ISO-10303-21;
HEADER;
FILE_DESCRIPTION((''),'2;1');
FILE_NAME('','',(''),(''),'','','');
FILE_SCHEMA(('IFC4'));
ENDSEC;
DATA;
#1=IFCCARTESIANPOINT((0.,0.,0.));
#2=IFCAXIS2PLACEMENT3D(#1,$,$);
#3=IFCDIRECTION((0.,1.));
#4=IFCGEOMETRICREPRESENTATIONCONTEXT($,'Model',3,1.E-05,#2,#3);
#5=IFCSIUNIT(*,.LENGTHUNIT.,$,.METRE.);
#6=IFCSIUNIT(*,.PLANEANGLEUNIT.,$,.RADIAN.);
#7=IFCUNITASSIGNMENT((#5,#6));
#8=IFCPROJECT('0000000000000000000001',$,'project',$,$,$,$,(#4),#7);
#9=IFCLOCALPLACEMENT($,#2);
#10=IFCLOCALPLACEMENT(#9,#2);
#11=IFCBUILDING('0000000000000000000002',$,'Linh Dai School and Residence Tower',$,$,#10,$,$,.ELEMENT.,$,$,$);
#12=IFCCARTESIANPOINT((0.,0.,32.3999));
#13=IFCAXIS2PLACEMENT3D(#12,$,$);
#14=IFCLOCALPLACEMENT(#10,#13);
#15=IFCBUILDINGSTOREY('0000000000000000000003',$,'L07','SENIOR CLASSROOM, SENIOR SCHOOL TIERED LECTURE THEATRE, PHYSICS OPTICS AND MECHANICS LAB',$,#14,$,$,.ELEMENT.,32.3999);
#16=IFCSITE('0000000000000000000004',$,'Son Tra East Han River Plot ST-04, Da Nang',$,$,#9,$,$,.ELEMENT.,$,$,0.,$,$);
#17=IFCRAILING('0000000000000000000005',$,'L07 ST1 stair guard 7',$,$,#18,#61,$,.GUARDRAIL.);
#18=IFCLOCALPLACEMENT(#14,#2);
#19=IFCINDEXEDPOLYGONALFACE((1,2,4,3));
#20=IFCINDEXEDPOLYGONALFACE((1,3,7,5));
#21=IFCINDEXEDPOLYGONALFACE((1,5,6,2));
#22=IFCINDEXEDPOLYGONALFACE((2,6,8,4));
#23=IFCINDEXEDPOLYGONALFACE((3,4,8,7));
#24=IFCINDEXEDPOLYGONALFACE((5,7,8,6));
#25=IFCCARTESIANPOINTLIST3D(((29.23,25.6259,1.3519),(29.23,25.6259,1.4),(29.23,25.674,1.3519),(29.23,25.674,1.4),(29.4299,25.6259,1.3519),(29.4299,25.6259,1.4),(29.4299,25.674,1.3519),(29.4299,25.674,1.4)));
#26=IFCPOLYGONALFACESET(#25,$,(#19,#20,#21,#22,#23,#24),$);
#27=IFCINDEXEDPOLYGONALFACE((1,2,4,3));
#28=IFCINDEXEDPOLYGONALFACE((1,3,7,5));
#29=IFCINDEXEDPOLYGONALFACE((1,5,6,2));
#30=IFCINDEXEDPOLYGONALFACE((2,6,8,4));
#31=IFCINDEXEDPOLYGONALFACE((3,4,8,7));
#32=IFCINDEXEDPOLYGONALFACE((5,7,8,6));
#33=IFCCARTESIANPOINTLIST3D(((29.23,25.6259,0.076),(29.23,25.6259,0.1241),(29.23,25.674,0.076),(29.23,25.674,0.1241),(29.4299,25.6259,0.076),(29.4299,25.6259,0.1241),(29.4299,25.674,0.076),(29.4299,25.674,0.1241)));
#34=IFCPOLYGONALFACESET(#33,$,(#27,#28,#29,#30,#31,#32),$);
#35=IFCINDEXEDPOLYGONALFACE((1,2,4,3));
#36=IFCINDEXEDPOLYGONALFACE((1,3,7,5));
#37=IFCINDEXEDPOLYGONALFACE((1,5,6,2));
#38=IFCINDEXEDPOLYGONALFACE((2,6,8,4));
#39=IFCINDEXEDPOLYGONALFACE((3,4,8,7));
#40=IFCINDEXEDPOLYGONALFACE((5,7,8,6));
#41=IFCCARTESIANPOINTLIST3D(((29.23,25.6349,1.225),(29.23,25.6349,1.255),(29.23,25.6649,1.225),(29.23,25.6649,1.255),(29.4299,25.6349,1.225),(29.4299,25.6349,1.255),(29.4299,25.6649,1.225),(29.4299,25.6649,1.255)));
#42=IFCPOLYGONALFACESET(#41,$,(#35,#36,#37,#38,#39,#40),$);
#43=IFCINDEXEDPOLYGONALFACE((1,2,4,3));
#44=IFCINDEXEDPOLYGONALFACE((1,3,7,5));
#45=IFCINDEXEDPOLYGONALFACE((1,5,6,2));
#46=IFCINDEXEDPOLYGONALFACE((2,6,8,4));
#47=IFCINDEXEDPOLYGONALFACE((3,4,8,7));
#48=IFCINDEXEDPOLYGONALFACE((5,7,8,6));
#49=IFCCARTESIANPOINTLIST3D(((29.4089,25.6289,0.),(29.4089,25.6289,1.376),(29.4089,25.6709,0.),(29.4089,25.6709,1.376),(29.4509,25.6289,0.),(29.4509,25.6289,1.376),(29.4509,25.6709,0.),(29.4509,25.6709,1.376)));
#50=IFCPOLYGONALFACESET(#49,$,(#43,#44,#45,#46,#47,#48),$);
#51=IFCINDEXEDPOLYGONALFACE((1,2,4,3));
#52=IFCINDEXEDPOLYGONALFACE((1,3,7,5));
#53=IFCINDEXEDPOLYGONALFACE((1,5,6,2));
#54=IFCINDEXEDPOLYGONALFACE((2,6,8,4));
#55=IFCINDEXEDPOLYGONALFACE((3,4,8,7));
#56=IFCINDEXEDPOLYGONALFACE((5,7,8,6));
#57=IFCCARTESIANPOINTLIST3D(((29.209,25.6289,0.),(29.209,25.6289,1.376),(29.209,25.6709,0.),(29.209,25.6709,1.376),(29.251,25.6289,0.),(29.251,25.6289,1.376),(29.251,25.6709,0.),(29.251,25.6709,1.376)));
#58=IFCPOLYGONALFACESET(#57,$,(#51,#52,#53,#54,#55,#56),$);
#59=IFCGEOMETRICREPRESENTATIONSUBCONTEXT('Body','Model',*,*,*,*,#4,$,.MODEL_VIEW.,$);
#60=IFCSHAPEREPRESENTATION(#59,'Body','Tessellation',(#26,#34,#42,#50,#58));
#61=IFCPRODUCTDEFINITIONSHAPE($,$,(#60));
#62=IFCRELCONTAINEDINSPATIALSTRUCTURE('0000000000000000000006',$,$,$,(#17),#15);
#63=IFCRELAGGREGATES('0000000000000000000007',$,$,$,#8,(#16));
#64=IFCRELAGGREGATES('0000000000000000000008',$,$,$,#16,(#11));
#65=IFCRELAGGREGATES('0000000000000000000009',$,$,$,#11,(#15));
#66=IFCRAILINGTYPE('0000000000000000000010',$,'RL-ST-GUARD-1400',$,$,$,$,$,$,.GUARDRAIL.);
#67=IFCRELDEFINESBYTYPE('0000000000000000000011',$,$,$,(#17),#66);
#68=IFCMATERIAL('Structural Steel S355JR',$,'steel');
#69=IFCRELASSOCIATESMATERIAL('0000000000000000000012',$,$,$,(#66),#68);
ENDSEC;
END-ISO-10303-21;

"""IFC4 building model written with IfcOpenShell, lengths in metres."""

from ifc_helpers import new_model, si_unit, direction, frame, origin, origin_2d, place, context, subcontext, project, spatial, rectangle, extrude, source, transform, mapped, material, type_object, element, save


model = new_model("IFC4")

# Units and contexts
model_context = context("Model", 3, precision=1e-05, world=origin(), true_north=direction((0.0, 1.0)))
body_context = subcontext(model_context, "Body", "Model", "MODEL_VIEW")
ifc_project = project(units=[si_unit("LENGTHUNIT", "METRE"), si_unit("PLANEANGLEUNIT", "RADIAN")], contexts=[model_context])

# Site, building, storey
site_placement = place(None, origin())
site = spatial("IfcSite", under=ifc_project, at=site_placement, Name="Son Tra East Han River Plot ST-04, Da Nang", CompositionType="ELEMENT", RefElevation=0.0)
building_placement = place(site_placement, origin())
building = spatial("IfcBuilding", under=site, at=building_placement, Name="Linh Dai School and Residence Tower", CompositionType="ELEMENT")
storey_placement = place(building_placement, frame((0.0, 0.0, 32.3999)))
storey = spatial("IfcBuildingStorey", under=building, at=storey_placement, Name="L07", Description="SENIOR CLASSROOM, SENIOR SCHOOL TIERED LECTURE THEATRE, PHYSICS OPTICS AND MECHANICS LAB", CompositionType="ELEMENT", Elevation=32.3999)

# Shared definitions
ifc_material_1 = material(Name="Structural Steel S355JR", Category="steel")

# Railing
railing_type_1 = type_object("IfcRailingType", Name="RL-ST-GUARD-1400", PredefinedType="GUARDRAIL", material=ifc_material_1)
shared_shape_1 = source(origin(), body_context, "Body", "SweptSolid", [
    extrude(rectangle(XDim=0.0481, YDim=0.0481, at=origin_2d()), frame((0.0, 0.0, 1.376), z_axis=(-1.0, 0.0, 0.0), x_axis=(0.0, -1.0, 0.0)), (0.0, 0.0, 1.0), 0.2),
    extrude(rectangle(XDim=0.0481, YDim=0.0481, at=origin_2d()), frame((0.0, 0.0, 0.1001), z_axis=(-1.0, 0.0, 0.0), x_axis=(0.0, -1.0, 0.0)), (0.0, 0.0, 1.0), 0.2),
    extrude(rectangle(XDim=0.03, YDim=0.03, at=origin_2d()), frame((0.0, 0.0, 1.24), z_axis=(-1.0, 0.0, 0.0), x_axis=(0.0, -1.0, 0.0)), (0.0, 0.0, 1.0), 0.2),
    extrude(rectangle(XDim=0.042, YDim=0.042, at=origin_2d()), origin(), (0.0, 0.0, 1.0), 1.376),
    extrude(rectangle(XDim=0.042, YDim=0.042, at=origin_2d()), frame((-0.2, 0.0, 0.0)), (0.0, 0.0, 1.0), 1.376),
])
railing_1_placement = place(storey_placement, frame((29.4299, 25.6499, 0.0)))
element("IfcRailing", 1, at=railing_1_placement, inside=storey, type_object=railing_type_1, Name="L07 ST1 stair guard 7", PredefinedType="GUARDRAIL", context=body_context, shape_type="MappedRepresentation", body=[
    mapped(shared_shape_1, transform((0.0, 0.0, 0.0), x_axis=(1.0, 0.0, 0.0), y_axis=(0.0, 1.0, 0.0), z_axis=(0.0, 0.0, 1.0), scale=1.0)),
])

save(model, "model.ifc")
